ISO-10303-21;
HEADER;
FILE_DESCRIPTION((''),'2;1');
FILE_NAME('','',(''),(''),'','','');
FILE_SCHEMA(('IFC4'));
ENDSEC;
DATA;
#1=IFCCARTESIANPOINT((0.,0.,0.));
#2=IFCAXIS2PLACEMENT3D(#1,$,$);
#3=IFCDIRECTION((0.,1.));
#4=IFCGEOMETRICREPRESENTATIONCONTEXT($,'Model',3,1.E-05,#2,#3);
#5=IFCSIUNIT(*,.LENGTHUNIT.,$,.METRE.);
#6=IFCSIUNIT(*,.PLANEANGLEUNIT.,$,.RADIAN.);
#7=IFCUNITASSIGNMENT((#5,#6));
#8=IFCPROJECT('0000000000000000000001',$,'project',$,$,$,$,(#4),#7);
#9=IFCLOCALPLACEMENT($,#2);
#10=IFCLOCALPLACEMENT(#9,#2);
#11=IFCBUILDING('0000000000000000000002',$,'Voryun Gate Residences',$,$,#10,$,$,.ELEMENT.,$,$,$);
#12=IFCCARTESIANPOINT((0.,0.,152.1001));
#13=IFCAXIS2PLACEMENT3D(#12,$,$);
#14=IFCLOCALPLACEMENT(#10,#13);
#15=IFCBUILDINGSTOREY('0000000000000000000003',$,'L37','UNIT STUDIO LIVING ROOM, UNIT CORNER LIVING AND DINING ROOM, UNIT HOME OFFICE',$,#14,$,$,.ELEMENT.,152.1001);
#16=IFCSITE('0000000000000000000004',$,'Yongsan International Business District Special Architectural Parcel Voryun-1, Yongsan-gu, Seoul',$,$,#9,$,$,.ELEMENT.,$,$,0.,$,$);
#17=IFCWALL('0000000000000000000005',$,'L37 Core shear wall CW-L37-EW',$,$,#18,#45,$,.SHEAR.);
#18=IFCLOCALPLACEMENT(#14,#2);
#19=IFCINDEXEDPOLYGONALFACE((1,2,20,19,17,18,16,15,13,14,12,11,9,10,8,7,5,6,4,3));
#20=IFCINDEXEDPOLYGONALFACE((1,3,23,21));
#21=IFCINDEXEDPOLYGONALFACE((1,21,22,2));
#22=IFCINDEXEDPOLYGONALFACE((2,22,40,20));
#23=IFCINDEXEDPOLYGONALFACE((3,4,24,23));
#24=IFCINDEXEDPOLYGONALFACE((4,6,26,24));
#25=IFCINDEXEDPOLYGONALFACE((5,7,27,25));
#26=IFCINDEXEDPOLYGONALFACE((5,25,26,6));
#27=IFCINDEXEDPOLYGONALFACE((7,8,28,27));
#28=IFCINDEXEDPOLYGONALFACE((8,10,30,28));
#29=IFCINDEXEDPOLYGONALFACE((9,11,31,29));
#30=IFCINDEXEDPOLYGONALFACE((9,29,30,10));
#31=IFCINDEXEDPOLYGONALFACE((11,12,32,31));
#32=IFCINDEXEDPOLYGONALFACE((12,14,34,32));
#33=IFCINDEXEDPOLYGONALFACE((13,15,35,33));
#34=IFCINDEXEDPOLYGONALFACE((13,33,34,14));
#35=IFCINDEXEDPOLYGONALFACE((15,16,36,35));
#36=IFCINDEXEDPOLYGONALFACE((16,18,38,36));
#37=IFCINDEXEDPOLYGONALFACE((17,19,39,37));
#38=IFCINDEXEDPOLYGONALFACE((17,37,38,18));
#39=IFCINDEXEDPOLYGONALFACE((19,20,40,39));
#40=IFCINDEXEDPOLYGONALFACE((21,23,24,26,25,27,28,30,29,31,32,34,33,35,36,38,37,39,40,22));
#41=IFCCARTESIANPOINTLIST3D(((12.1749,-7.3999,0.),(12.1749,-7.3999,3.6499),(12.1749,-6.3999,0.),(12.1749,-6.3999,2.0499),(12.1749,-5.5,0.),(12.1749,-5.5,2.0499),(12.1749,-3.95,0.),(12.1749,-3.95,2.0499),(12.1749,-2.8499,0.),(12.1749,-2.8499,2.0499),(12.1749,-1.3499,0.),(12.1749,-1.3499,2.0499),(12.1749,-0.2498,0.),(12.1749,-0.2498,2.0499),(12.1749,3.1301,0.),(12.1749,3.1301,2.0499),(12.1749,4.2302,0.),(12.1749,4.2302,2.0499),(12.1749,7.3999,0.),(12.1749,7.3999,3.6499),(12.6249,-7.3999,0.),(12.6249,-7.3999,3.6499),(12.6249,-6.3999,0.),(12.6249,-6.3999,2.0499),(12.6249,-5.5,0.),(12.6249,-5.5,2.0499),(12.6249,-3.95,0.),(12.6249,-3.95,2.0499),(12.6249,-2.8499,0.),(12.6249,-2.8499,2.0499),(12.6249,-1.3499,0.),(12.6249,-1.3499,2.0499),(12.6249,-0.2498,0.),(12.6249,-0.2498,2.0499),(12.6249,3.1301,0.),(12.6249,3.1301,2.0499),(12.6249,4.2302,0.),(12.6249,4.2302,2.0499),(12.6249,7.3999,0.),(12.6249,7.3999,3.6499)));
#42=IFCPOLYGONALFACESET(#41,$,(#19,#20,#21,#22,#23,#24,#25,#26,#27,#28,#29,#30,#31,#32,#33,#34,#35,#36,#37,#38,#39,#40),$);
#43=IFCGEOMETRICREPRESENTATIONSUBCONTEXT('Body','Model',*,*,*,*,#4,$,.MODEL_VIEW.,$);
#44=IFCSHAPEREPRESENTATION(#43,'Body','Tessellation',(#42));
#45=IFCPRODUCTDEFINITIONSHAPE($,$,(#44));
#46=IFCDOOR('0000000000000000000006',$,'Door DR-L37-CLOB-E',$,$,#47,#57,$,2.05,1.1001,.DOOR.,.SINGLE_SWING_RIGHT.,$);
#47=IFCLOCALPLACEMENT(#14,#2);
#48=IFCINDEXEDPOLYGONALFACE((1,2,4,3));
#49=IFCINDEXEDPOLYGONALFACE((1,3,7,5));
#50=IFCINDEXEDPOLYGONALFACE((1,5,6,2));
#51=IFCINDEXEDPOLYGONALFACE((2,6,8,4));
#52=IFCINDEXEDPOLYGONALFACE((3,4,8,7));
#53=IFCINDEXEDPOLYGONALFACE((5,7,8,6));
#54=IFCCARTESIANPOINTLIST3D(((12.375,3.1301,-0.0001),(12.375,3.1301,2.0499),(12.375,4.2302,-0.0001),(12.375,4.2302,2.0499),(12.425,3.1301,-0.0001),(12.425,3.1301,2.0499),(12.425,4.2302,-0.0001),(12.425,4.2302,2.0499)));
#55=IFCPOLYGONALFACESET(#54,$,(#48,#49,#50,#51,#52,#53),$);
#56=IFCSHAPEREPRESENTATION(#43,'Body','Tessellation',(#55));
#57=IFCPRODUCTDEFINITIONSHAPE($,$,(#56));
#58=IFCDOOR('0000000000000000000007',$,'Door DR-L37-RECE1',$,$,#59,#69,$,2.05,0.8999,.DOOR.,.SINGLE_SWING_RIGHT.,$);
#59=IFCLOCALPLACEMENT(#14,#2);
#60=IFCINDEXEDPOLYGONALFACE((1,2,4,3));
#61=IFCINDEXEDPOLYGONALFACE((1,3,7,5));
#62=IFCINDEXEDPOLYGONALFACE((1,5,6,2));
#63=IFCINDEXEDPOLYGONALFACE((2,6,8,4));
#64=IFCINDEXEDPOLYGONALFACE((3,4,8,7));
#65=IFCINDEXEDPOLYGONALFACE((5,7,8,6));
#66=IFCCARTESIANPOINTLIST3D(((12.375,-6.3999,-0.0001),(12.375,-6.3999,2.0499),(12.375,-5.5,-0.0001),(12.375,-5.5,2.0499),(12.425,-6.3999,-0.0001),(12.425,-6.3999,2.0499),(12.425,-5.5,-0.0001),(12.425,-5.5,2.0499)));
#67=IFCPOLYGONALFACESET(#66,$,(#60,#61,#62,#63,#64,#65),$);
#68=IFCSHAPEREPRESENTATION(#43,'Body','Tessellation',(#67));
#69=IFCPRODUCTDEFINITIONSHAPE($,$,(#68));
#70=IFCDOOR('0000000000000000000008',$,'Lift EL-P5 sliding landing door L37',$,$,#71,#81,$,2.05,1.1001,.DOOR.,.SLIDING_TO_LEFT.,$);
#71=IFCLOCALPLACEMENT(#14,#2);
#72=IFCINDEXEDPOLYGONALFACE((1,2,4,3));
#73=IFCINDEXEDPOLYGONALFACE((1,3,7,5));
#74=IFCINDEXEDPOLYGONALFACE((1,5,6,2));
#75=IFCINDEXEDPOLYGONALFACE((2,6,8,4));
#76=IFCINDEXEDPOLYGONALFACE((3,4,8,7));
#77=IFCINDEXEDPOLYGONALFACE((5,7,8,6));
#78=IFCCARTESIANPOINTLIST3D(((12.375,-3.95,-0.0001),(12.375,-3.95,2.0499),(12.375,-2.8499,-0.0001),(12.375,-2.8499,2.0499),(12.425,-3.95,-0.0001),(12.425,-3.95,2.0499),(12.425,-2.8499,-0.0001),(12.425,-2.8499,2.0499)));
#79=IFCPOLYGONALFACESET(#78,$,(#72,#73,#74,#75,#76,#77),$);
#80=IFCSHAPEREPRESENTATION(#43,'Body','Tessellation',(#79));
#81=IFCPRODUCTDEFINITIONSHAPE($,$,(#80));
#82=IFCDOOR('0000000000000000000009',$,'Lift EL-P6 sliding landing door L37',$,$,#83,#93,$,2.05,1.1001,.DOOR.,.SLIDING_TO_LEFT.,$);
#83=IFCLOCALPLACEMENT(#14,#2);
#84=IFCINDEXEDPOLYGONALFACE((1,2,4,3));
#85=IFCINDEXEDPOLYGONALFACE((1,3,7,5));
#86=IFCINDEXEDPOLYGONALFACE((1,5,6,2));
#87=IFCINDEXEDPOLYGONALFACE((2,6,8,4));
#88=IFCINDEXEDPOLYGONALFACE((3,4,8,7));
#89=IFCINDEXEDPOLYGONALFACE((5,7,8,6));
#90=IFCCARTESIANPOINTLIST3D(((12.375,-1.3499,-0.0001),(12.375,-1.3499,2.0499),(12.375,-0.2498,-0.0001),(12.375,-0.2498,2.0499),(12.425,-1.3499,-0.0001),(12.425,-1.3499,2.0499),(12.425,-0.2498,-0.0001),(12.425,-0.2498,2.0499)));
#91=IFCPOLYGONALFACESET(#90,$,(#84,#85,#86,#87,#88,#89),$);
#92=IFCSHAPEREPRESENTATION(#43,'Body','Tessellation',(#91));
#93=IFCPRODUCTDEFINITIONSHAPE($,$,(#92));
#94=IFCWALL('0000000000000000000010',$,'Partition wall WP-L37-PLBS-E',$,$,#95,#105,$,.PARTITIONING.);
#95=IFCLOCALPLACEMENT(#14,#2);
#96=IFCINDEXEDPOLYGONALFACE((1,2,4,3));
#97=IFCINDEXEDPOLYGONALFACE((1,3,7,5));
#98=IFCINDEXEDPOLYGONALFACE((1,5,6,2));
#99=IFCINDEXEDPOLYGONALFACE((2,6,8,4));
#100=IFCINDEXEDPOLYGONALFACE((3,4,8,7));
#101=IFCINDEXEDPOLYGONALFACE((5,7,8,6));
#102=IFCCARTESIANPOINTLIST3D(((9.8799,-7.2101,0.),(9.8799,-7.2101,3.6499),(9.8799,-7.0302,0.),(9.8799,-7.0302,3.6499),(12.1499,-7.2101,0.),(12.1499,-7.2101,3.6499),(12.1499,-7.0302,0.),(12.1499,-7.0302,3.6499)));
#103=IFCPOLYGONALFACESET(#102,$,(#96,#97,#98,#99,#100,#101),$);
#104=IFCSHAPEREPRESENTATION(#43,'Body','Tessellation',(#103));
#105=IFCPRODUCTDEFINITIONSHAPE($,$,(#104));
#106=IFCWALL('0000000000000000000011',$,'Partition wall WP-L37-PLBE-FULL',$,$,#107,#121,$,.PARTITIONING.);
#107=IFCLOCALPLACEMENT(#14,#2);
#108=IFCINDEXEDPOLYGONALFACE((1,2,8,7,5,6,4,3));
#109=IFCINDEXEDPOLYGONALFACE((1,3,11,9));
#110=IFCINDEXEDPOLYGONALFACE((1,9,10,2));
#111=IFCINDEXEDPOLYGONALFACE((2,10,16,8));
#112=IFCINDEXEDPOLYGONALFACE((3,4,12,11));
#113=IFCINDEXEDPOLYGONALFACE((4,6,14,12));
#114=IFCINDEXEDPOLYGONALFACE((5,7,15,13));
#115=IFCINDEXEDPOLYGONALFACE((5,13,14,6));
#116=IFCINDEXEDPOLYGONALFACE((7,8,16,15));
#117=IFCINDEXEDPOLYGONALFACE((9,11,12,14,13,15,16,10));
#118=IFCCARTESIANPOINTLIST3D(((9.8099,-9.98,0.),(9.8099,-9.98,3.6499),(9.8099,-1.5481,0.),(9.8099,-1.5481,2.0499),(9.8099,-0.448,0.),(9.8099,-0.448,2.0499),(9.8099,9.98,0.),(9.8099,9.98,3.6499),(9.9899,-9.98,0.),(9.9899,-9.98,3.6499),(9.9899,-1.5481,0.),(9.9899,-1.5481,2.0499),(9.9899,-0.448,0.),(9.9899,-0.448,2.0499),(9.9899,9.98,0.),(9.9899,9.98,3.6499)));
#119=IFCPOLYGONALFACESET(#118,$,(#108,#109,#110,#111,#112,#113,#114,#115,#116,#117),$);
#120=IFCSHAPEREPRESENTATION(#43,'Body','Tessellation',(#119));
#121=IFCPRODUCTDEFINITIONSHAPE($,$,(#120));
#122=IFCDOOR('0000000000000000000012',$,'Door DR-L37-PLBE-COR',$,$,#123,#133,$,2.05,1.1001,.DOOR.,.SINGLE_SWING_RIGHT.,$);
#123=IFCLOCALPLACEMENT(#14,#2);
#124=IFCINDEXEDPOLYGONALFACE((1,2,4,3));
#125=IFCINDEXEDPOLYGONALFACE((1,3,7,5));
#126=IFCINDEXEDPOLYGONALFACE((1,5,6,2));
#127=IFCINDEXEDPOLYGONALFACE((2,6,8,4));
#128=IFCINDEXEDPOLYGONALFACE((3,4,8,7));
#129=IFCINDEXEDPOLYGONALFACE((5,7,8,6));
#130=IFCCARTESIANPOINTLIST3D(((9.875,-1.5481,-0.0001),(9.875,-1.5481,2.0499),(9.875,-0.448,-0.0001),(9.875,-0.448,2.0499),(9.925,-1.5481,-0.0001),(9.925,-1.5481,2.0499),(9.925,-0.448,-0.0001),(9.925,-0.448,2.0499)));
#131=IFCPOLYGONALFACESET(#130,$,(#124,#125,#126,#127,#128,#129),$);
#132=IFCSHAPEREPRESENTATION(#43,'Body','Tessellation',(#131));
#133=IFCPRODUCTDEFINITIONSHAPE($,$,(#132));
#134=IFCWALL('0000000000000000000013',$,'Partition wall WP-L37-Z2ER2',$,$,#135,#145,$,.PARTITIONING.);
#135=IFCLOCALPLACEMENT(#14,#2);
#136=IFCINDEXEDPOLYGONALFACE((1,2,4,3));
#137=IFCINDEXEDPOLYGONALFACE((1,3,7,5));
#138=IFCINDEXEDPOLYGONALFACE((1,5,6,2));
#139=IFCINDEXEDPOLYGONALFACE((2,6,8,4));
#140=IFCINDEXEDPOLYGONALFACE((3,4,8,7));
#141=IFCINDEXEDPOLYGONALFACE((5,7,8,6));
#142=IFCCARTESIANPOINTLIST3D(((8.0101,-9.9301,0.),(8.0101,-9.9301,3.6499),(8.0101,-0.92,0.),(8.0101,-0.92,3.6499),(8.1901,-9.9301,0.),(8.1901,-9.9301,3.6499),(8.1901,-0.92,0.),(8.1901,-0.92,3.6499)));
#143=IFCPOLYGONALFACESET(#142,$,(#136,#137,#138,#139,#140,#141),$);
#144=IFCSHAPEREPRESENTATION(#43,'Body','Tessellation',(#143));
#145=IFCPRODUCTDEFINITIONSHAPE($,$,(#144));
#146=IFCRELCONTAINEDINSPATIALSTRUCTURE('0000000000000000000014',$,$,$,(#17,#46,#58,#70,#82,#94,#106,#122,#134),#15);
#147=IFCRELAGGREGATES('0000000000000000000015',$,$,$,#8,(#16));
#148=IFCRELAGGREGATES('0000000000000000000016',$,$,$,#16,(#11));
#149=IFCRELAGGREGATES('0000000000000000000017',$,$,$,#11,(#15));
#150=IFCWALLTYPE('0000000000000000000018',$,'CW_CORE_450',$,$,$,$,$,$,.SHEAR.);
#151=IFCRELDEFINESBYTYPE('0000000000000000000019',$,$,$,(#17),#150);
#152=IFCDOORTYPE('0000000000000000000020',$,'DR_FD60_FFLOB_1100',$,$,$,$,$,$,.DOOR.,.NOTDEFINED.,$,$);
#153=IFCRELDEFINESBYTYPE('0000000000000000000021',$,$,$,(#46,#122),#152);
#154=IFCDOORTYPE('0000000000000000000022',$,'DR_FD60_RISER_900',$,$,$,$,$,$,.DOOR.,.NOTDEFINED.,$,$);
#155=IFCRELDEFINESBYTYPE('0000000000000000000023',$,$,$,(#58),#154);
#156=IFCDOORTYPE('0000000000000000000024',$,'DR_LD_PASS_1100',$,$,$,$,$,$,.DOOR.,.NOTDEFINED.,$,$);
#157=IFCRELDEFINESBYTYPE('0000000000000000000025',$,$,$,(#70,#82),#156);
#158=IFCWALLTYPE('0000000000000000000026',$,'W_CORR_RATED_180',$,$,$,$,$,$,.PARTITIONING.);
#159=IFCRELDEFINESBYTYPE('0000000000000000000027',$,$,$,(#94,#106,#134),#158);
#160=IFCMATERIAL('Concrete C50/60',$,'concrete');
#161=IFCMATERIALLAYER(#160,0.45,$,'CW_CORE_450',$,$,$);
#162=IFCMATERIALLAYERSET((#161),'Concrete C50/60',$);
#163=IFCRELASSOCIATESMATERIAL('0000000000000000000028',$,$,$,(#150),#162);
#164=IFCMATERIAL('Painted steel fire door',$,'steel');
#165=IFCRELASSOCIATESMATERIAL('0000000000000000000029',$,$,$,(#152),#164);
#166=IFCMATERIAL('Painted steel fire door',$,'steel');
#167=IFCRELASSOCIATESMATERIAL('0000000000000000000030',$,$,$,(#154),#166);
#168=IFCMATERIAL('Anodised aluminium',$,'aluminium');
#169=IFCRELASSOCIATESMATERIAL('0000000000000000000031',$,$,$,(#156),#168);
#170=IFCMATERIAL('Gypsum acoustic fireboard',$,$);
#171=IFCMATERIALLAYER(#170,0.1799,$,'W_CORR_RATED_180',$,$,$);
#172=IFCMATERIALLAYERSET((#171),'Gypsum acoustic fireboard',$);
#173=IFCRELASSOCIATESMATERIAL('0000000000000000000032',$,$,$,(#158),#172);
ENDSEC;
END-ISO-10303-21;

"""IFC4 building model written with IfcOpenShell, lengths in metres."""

from ifc_helpers import new_model, si_unit, direction, frame, frame_2d, origin, place, context, subcontext, project, spatial, rectangle, extrude, material, layer, layer_set, type_object, element, fill, save


model = new_model("IFC4")

# Units and contexts
model_context = context("Model", 3, precision=1e-05, world=origin(), true_north=direction((0.0, 1.0)))
body_context = subcontext(model_context, "Body", "Model", "MODEL_VIEW")
ifc_project = project(units=[si_unit("LENGTHUNIT", "METRE"), si_unit("PLANEANGLEUNIT", "RADIAN")], contexts=[model_context])

# Site, building, storey
site_placement = place(None, origin())
site = spatial("IfcSite", under=ifc_project, at=site_placement, Name="Yongsan International Business District Special Architectural Parcel Voryun-1, Yongsan-gu, Seoul", CompositionType="ELEMENT", RefElevation=0.0)
building_placement = place(site_placement, origin())
building = spatial("IfcBuilding", under=site, at=building_placement, Name="Voryun Gate Residences", CompositionType="ELEMENT")
storey_placement = place(building_placement, frame((0.0, 0.0, 152.1001)))
storey = spatial("IfcBuildingStorey", under=building, at=storey_placement, Name="L37", Description="UNIT STUDIO LIVING ROOM, UNIT CORNER LIVING AND DINING ROOM, UNIT HOME OFFICE", CompositionType="ELEMENT", Elevation=152.1001)

# Shared definitions
ifc_material_1 = material(Name="Concrete C50/60", Category="concrete")
ifc_layer_1 = layer(ifc_material_1, 0.45, Name="CW_CORE_450")
ifc_layer_set_1 = layer_set([ifc_layer_1], Name="Concrete C50/60")
wall_type_1 = type_object("IfcWallType", Name="CW_CORE_450", PredefinedType="SHEAR", material=ifc_layer_set_1)

# Wall, openings, doors
wall_1_placement = place(storey_placement, frame((12.3999, -7.3999, 0.0), z_axis=(0.0, 0.0, 1.0), x_axis=(0.0, 1.0, 0.0)))
wall_1 = element("IfcWall", 1, at=wall_1_placement, inside=storey, type_object=wall_type_1, Name="L37 Core shear wall CW-L37-EW", PredefinedType="SHEAR", context=body_context, shape_type="SweptSolid", body=[
    extrude(rectangle(XDim=14.7998, YDim=0.45, at=frame_2d((7.3999, 0.0))), origin(), (0.0, 0.0, 1.0), 3.6499),
])
opening_1_placement = place(wall_1_placement, frame((3.45, 0.0, 0.0)))
opening_1 = element("IfcOpeningElement", 2, at=opening_1_placement, cuts=wall_1, PredefinedType="OPENING", context=body_context, shape_type="SweptSolid", body=[
    extrude(rectangle(XDim=1.1001, YDim=2.05, at=frame_2d((0.55, 1.0249))), frame((0.0, 0.2351, 0.0), z_axis=(0.0, -1.0, 0.0), x_axis=(1.0, 0.0, 0.0)), (0.0, 0.0, 1.0), 0.47),
])
opening_2_placement = place(wall_1_placement, frame((6.05, 0.0, 0.0)))
opening_2 = element("IfcOpeningElement", 3, at=opening_2_placement, cuts=wall_1, PredefinedType="OPENING", context=body_context, shape_type="SweptSolid", body=[
    extrude(rectangle(XDim=1.1001, YDim=2.05, at=frame_2d((0.55, 1.0249))), frame((0.0, 0.2351, 0.0), z_axis=(0.0, -1.0, 0.0), x_axis=(1.0, 0.0, 0.0)), (0.0, 0.0, 1.0), 0.47),
])
opening_3_placement = place(wall_1_placement, frame((10.53, 0.0, 0.0)))
opening_3 = element("IfcOpeningElement", 4, at=opening_3_placement, cuts=wall_1, PredefinedType="OPENING", context=body_context, shape_type="SweptSolid", body=[
    extrude(rectangle(XDim=1.1001, YDim=2.05, at=frame_2d((0.55, 1.0249))), frame((0.0, 0.2351, 0.0), z_axis=(0.0, -1.0, 0.0), x_axis=(1.0, 0.0, 0.0)), (0.0, 0.0, 1.0), 0.47),
])
opening_4_placement = place(wall_1_placement, frame((1.0, 0.0, 0.0)))
opening_4 = element("IfcOpeningElement", 5, at=opening_4_placement, cuts=wall_1, PredefinedType="OPENING", context=body_context, shape_type="SweptSolid", body=[
    extrude(rectangle(XDim=0.8999, YDim=2.05, at=frame_2d((0.45, 1.0249))), frame((0.0, 0.2351, 0.0), z_axis=(0.0, -1.0, 0.0), x_axis=(1.0, 0.0, 0.0)), (0.0, 0.0, 1.0), 0.47),
])
ifc_material_2 = material(Name="Painted steel fire door", Category="steel")
door_type_1 = type_object("IfcDoorType", Name="DR_FD60_FFLOB_1100", OperationType="NOTDEFINED", PredefinedType="DOOR", material=ifc_material_2)
door_1_placement = place(opening_3_placement, origin())
door_1 = element("IfcDoor", 6, at=door_1_placement, inside=storey, type_object=door_type_1, Name="Door DR-L37-CLOB-E", OperationType="SINGLE_SWING_RIGHT", OverallHeight=2.05, OverallWidth=1.1001, PredefinedType="DOOR", context=body_context, shape_type="SweptSolid", body=[
    extrude(rectangle(XDim=1.1001, YDim=2.05, at=frame_2d((0.55, 1.0249))), frame((0.0, 0.0249, 0.0), z_axis=(0.0, -1.0, 0.0), x_axis=(1.0, 0.0, 0.0)), (0.0, 0.0, 1.0), 0.05),
])
fill(opening_3, door_1)
ifc_material_3 = material(Name="Painted steel fire door", Category="steel")
door_type_2 = type_object("IfcDoorType", Name="DR_FD60_RISER_900", OperationType="NOTDEFINED", PredefinedType="DOOR", material=ifc_material_3)
door_2_placement = place(opening_4_placement, origin())
door_2 = element("IfcDoor", 7, at=door_2_placement, inside=storey, type_object=door_type_2, Name="Door DR-L37-RECE1", OperationType="SINGLE_SWING_RIGHT", OverallHeight=2.05, OverallWidth=0.8999, PredefinedType="DOOR", context=body_context, shape_type="SweptSolid", body=[
    extrude(rectangle(XDim=0.8999, YDim=2.05, at=frame_2d((0.45, 1.0249))), frame((0.0, 0.0249, 0.0), z_axis=(0.0, -1.0, 0.0), x_axis=(1.0, 0.0, 0.0)), (0.0, 0.0, 1.0), 0.05),
])
fill(opening_4, door_2)
ifc_material_4 = material(Name="Anodised aluminium", Category="aluminium")
door_type_3 = type_object("IfcDoorType", Name="DR_LD_PASS_1100", OperationType="NOTDEFINED", PredefinedType="DOOR", material=ifc_material_4)
door_3_placement = place(opening_1_placement, origin())
door_3 = element("IfcDoor", 8, at=door_3_placement, inside=storey, type_object=door_type_3, Name="Lift EL-P5 sliding landing door L37", OperationType="SLIDING_TO_LEFT", OverallHeight=2.05, OverallWidth=1.1001, PredefinedType="DOOR", context=body_context, shape_type="SweptSolid", body=[
    extrude(rectangle(XDim=1.1001, YDim=2.05, at=frame_2d((0.55, 1.0249))), frame((0.0, 0.0249, 0.0), z_axis=(0.0, -1.0, 0.0), x_axis=(1.0, 0.0, 0.0)), (0.0, 0.0, 1.0), 0.05),
])
fill(opening_1, door_3)
door_4_placement = place(opening_2_placement, origin())
door_4 = element("IfcDoor", 9, at=door_4_placement, inside=storey, type_object=door_type_3, Name="Lift EL-P6 sliding landing door L37", OperationType="SLIDING_TO_LEFT", OverallHeight=2.05, OverallWidth=1.1001, PredefinedType="DOOR", context=body_context, shape_type="SweptSolid", body=[
    extrude(rectangle(XDim=1.1001, YDim=2.05, at=frame_2d((0.55, 1.0249))), frame((0.0, 0.0249, 0.0), z_axis=(0.0, -1.0, 0.0), x_axis=(1.0, 0.0, 0.0)), (0.0, 0.0, 1.0), 0.05),
])
fill(opening_2, door_4)

# Wall
ifc_material_5 = material(Name="Gypsum acoustic fireboard")
ifc_layer_2 = layer(ifc_material_5, 0.1799, Name="W_CORR_RATED_180")
ifc_layer_set_2 = layer_set([ifc_layer_2], Name="Gypsum acoustic fireboard")
wall_type_2 = type_object("IfcWallType", Name="W_CORR_RATED_180", PredefinedType="PARTITIONING", material=ifc_layer_set_2)
wall_2_placement = place(storey_placement, frame((9.8799, -7.1201, 0.0), z_axis=(0.0, 0.0, 1.0), x_axis=(1.0, 0.0, 0.0)))
element("IfcWall", 10, at=wall_2_placement, inside=storey, type_object=wall_type_2, Name="Partition wall WP-L37-PLBS-E", PredefinedType="PARTITIONING", context=body_context, shape_type="SweptSolid", body=[
    extrude(rectangle(XDim=2.27, YDim=0.1799, at=frame_2d((1.135, 0.0))), origin(), (0.0, 0.0, 1.0), 3.6499),
])

# Wall, opening, door
wall_3_placement = place(storey_placement, frame((9.8999, -9.98, 0.0), z_axis=(0.0, 0.0, 1.0), x_axis=(0.0, 1.0, 0.0)))
wall_3 = element("IfcWall", 11, at=wall_3_placement, inside=storey, type_object=wall_type_2, Name="Partition wall WP-L37-PLBE-FULL", PredefinedType="PARTITIONING", context=body_context, shape_type="SweptSolid", body=[
    extrude(rectangle(XDim=19.96, YDim=0.1799, at=frame_2d((9.98, 0.0))), origin(), (0.0, 0.0, 1.0), 3.6499),
])
opening_5_placement = place(wall_3_placement, frame((8.4319, 0.0, 0.0)))
opening_5 = element("IfcOpeningElement", 12, at=opening_5_placement, cuts=wall_3, PredefinedType="OPENING", context=body_context, shape_type="SweptSolid", body=[
    extrude(rectangle(XDim=1.1001, YDim=2.05, at=frame_2d((0.55, 1.0249))), frame((0.0, 0.0999, 0.0), z_axis=(0.0, -1.0, 0.0), x_axis=(1.0, 0.0, 0.0)), (0.0, 0.0, 1.0), 0.2),
])
door_5_placement = place(opening_5_placement, origin())
door_5 = element("IfcDoor", 13, at=door_5_placement, inside=storey, type_object=door_type_1, Name="Door DR-L37-PLBE-COR", OperationType="SINGLE_SWING_RIGHT", OverallHeight=2.05, OverallWidth=1.1001, PredefinedType="DOOR", context=body_context, shape_type="SweptSolid", body=[
    extrude(rectangle(XDim=1.1001, YDim=2.05, at=frame_2d((0.55, 1.0249))), frame((0.0, 0.0249, 0.0), z_axis=(0.0, -1.0, 0.0), x_axis=(1.0, 0.0, 0.0)), (0.0, 0.0, 1.0), 0.05),
])
fill(opening_5, door_5)

# Wall
wall_4_placement = place(storey_placement, frame((8.1001, -9.9299, 0.0), z_axis=(0.0, 0.0, 1.0), x_axis=(0.0, 1.0, 0.0)))
element("IfcWall", 14, at=wall_4_placement, inside=storey, type_object=wall_type_2, Name="Partition wall WP-L37-Z2ER2", PredefinedType="PARTITIONING", context=body_context, shape_type="SweptSolid", body=[
    extrude(rectangle(XDim=9.01, YDim=0.1799, at=frame_2d((4.5049, 0.0))), origin(), (0.0, 0.0, 1.0), 3.6499),
])

save(model, "model.ifc")
